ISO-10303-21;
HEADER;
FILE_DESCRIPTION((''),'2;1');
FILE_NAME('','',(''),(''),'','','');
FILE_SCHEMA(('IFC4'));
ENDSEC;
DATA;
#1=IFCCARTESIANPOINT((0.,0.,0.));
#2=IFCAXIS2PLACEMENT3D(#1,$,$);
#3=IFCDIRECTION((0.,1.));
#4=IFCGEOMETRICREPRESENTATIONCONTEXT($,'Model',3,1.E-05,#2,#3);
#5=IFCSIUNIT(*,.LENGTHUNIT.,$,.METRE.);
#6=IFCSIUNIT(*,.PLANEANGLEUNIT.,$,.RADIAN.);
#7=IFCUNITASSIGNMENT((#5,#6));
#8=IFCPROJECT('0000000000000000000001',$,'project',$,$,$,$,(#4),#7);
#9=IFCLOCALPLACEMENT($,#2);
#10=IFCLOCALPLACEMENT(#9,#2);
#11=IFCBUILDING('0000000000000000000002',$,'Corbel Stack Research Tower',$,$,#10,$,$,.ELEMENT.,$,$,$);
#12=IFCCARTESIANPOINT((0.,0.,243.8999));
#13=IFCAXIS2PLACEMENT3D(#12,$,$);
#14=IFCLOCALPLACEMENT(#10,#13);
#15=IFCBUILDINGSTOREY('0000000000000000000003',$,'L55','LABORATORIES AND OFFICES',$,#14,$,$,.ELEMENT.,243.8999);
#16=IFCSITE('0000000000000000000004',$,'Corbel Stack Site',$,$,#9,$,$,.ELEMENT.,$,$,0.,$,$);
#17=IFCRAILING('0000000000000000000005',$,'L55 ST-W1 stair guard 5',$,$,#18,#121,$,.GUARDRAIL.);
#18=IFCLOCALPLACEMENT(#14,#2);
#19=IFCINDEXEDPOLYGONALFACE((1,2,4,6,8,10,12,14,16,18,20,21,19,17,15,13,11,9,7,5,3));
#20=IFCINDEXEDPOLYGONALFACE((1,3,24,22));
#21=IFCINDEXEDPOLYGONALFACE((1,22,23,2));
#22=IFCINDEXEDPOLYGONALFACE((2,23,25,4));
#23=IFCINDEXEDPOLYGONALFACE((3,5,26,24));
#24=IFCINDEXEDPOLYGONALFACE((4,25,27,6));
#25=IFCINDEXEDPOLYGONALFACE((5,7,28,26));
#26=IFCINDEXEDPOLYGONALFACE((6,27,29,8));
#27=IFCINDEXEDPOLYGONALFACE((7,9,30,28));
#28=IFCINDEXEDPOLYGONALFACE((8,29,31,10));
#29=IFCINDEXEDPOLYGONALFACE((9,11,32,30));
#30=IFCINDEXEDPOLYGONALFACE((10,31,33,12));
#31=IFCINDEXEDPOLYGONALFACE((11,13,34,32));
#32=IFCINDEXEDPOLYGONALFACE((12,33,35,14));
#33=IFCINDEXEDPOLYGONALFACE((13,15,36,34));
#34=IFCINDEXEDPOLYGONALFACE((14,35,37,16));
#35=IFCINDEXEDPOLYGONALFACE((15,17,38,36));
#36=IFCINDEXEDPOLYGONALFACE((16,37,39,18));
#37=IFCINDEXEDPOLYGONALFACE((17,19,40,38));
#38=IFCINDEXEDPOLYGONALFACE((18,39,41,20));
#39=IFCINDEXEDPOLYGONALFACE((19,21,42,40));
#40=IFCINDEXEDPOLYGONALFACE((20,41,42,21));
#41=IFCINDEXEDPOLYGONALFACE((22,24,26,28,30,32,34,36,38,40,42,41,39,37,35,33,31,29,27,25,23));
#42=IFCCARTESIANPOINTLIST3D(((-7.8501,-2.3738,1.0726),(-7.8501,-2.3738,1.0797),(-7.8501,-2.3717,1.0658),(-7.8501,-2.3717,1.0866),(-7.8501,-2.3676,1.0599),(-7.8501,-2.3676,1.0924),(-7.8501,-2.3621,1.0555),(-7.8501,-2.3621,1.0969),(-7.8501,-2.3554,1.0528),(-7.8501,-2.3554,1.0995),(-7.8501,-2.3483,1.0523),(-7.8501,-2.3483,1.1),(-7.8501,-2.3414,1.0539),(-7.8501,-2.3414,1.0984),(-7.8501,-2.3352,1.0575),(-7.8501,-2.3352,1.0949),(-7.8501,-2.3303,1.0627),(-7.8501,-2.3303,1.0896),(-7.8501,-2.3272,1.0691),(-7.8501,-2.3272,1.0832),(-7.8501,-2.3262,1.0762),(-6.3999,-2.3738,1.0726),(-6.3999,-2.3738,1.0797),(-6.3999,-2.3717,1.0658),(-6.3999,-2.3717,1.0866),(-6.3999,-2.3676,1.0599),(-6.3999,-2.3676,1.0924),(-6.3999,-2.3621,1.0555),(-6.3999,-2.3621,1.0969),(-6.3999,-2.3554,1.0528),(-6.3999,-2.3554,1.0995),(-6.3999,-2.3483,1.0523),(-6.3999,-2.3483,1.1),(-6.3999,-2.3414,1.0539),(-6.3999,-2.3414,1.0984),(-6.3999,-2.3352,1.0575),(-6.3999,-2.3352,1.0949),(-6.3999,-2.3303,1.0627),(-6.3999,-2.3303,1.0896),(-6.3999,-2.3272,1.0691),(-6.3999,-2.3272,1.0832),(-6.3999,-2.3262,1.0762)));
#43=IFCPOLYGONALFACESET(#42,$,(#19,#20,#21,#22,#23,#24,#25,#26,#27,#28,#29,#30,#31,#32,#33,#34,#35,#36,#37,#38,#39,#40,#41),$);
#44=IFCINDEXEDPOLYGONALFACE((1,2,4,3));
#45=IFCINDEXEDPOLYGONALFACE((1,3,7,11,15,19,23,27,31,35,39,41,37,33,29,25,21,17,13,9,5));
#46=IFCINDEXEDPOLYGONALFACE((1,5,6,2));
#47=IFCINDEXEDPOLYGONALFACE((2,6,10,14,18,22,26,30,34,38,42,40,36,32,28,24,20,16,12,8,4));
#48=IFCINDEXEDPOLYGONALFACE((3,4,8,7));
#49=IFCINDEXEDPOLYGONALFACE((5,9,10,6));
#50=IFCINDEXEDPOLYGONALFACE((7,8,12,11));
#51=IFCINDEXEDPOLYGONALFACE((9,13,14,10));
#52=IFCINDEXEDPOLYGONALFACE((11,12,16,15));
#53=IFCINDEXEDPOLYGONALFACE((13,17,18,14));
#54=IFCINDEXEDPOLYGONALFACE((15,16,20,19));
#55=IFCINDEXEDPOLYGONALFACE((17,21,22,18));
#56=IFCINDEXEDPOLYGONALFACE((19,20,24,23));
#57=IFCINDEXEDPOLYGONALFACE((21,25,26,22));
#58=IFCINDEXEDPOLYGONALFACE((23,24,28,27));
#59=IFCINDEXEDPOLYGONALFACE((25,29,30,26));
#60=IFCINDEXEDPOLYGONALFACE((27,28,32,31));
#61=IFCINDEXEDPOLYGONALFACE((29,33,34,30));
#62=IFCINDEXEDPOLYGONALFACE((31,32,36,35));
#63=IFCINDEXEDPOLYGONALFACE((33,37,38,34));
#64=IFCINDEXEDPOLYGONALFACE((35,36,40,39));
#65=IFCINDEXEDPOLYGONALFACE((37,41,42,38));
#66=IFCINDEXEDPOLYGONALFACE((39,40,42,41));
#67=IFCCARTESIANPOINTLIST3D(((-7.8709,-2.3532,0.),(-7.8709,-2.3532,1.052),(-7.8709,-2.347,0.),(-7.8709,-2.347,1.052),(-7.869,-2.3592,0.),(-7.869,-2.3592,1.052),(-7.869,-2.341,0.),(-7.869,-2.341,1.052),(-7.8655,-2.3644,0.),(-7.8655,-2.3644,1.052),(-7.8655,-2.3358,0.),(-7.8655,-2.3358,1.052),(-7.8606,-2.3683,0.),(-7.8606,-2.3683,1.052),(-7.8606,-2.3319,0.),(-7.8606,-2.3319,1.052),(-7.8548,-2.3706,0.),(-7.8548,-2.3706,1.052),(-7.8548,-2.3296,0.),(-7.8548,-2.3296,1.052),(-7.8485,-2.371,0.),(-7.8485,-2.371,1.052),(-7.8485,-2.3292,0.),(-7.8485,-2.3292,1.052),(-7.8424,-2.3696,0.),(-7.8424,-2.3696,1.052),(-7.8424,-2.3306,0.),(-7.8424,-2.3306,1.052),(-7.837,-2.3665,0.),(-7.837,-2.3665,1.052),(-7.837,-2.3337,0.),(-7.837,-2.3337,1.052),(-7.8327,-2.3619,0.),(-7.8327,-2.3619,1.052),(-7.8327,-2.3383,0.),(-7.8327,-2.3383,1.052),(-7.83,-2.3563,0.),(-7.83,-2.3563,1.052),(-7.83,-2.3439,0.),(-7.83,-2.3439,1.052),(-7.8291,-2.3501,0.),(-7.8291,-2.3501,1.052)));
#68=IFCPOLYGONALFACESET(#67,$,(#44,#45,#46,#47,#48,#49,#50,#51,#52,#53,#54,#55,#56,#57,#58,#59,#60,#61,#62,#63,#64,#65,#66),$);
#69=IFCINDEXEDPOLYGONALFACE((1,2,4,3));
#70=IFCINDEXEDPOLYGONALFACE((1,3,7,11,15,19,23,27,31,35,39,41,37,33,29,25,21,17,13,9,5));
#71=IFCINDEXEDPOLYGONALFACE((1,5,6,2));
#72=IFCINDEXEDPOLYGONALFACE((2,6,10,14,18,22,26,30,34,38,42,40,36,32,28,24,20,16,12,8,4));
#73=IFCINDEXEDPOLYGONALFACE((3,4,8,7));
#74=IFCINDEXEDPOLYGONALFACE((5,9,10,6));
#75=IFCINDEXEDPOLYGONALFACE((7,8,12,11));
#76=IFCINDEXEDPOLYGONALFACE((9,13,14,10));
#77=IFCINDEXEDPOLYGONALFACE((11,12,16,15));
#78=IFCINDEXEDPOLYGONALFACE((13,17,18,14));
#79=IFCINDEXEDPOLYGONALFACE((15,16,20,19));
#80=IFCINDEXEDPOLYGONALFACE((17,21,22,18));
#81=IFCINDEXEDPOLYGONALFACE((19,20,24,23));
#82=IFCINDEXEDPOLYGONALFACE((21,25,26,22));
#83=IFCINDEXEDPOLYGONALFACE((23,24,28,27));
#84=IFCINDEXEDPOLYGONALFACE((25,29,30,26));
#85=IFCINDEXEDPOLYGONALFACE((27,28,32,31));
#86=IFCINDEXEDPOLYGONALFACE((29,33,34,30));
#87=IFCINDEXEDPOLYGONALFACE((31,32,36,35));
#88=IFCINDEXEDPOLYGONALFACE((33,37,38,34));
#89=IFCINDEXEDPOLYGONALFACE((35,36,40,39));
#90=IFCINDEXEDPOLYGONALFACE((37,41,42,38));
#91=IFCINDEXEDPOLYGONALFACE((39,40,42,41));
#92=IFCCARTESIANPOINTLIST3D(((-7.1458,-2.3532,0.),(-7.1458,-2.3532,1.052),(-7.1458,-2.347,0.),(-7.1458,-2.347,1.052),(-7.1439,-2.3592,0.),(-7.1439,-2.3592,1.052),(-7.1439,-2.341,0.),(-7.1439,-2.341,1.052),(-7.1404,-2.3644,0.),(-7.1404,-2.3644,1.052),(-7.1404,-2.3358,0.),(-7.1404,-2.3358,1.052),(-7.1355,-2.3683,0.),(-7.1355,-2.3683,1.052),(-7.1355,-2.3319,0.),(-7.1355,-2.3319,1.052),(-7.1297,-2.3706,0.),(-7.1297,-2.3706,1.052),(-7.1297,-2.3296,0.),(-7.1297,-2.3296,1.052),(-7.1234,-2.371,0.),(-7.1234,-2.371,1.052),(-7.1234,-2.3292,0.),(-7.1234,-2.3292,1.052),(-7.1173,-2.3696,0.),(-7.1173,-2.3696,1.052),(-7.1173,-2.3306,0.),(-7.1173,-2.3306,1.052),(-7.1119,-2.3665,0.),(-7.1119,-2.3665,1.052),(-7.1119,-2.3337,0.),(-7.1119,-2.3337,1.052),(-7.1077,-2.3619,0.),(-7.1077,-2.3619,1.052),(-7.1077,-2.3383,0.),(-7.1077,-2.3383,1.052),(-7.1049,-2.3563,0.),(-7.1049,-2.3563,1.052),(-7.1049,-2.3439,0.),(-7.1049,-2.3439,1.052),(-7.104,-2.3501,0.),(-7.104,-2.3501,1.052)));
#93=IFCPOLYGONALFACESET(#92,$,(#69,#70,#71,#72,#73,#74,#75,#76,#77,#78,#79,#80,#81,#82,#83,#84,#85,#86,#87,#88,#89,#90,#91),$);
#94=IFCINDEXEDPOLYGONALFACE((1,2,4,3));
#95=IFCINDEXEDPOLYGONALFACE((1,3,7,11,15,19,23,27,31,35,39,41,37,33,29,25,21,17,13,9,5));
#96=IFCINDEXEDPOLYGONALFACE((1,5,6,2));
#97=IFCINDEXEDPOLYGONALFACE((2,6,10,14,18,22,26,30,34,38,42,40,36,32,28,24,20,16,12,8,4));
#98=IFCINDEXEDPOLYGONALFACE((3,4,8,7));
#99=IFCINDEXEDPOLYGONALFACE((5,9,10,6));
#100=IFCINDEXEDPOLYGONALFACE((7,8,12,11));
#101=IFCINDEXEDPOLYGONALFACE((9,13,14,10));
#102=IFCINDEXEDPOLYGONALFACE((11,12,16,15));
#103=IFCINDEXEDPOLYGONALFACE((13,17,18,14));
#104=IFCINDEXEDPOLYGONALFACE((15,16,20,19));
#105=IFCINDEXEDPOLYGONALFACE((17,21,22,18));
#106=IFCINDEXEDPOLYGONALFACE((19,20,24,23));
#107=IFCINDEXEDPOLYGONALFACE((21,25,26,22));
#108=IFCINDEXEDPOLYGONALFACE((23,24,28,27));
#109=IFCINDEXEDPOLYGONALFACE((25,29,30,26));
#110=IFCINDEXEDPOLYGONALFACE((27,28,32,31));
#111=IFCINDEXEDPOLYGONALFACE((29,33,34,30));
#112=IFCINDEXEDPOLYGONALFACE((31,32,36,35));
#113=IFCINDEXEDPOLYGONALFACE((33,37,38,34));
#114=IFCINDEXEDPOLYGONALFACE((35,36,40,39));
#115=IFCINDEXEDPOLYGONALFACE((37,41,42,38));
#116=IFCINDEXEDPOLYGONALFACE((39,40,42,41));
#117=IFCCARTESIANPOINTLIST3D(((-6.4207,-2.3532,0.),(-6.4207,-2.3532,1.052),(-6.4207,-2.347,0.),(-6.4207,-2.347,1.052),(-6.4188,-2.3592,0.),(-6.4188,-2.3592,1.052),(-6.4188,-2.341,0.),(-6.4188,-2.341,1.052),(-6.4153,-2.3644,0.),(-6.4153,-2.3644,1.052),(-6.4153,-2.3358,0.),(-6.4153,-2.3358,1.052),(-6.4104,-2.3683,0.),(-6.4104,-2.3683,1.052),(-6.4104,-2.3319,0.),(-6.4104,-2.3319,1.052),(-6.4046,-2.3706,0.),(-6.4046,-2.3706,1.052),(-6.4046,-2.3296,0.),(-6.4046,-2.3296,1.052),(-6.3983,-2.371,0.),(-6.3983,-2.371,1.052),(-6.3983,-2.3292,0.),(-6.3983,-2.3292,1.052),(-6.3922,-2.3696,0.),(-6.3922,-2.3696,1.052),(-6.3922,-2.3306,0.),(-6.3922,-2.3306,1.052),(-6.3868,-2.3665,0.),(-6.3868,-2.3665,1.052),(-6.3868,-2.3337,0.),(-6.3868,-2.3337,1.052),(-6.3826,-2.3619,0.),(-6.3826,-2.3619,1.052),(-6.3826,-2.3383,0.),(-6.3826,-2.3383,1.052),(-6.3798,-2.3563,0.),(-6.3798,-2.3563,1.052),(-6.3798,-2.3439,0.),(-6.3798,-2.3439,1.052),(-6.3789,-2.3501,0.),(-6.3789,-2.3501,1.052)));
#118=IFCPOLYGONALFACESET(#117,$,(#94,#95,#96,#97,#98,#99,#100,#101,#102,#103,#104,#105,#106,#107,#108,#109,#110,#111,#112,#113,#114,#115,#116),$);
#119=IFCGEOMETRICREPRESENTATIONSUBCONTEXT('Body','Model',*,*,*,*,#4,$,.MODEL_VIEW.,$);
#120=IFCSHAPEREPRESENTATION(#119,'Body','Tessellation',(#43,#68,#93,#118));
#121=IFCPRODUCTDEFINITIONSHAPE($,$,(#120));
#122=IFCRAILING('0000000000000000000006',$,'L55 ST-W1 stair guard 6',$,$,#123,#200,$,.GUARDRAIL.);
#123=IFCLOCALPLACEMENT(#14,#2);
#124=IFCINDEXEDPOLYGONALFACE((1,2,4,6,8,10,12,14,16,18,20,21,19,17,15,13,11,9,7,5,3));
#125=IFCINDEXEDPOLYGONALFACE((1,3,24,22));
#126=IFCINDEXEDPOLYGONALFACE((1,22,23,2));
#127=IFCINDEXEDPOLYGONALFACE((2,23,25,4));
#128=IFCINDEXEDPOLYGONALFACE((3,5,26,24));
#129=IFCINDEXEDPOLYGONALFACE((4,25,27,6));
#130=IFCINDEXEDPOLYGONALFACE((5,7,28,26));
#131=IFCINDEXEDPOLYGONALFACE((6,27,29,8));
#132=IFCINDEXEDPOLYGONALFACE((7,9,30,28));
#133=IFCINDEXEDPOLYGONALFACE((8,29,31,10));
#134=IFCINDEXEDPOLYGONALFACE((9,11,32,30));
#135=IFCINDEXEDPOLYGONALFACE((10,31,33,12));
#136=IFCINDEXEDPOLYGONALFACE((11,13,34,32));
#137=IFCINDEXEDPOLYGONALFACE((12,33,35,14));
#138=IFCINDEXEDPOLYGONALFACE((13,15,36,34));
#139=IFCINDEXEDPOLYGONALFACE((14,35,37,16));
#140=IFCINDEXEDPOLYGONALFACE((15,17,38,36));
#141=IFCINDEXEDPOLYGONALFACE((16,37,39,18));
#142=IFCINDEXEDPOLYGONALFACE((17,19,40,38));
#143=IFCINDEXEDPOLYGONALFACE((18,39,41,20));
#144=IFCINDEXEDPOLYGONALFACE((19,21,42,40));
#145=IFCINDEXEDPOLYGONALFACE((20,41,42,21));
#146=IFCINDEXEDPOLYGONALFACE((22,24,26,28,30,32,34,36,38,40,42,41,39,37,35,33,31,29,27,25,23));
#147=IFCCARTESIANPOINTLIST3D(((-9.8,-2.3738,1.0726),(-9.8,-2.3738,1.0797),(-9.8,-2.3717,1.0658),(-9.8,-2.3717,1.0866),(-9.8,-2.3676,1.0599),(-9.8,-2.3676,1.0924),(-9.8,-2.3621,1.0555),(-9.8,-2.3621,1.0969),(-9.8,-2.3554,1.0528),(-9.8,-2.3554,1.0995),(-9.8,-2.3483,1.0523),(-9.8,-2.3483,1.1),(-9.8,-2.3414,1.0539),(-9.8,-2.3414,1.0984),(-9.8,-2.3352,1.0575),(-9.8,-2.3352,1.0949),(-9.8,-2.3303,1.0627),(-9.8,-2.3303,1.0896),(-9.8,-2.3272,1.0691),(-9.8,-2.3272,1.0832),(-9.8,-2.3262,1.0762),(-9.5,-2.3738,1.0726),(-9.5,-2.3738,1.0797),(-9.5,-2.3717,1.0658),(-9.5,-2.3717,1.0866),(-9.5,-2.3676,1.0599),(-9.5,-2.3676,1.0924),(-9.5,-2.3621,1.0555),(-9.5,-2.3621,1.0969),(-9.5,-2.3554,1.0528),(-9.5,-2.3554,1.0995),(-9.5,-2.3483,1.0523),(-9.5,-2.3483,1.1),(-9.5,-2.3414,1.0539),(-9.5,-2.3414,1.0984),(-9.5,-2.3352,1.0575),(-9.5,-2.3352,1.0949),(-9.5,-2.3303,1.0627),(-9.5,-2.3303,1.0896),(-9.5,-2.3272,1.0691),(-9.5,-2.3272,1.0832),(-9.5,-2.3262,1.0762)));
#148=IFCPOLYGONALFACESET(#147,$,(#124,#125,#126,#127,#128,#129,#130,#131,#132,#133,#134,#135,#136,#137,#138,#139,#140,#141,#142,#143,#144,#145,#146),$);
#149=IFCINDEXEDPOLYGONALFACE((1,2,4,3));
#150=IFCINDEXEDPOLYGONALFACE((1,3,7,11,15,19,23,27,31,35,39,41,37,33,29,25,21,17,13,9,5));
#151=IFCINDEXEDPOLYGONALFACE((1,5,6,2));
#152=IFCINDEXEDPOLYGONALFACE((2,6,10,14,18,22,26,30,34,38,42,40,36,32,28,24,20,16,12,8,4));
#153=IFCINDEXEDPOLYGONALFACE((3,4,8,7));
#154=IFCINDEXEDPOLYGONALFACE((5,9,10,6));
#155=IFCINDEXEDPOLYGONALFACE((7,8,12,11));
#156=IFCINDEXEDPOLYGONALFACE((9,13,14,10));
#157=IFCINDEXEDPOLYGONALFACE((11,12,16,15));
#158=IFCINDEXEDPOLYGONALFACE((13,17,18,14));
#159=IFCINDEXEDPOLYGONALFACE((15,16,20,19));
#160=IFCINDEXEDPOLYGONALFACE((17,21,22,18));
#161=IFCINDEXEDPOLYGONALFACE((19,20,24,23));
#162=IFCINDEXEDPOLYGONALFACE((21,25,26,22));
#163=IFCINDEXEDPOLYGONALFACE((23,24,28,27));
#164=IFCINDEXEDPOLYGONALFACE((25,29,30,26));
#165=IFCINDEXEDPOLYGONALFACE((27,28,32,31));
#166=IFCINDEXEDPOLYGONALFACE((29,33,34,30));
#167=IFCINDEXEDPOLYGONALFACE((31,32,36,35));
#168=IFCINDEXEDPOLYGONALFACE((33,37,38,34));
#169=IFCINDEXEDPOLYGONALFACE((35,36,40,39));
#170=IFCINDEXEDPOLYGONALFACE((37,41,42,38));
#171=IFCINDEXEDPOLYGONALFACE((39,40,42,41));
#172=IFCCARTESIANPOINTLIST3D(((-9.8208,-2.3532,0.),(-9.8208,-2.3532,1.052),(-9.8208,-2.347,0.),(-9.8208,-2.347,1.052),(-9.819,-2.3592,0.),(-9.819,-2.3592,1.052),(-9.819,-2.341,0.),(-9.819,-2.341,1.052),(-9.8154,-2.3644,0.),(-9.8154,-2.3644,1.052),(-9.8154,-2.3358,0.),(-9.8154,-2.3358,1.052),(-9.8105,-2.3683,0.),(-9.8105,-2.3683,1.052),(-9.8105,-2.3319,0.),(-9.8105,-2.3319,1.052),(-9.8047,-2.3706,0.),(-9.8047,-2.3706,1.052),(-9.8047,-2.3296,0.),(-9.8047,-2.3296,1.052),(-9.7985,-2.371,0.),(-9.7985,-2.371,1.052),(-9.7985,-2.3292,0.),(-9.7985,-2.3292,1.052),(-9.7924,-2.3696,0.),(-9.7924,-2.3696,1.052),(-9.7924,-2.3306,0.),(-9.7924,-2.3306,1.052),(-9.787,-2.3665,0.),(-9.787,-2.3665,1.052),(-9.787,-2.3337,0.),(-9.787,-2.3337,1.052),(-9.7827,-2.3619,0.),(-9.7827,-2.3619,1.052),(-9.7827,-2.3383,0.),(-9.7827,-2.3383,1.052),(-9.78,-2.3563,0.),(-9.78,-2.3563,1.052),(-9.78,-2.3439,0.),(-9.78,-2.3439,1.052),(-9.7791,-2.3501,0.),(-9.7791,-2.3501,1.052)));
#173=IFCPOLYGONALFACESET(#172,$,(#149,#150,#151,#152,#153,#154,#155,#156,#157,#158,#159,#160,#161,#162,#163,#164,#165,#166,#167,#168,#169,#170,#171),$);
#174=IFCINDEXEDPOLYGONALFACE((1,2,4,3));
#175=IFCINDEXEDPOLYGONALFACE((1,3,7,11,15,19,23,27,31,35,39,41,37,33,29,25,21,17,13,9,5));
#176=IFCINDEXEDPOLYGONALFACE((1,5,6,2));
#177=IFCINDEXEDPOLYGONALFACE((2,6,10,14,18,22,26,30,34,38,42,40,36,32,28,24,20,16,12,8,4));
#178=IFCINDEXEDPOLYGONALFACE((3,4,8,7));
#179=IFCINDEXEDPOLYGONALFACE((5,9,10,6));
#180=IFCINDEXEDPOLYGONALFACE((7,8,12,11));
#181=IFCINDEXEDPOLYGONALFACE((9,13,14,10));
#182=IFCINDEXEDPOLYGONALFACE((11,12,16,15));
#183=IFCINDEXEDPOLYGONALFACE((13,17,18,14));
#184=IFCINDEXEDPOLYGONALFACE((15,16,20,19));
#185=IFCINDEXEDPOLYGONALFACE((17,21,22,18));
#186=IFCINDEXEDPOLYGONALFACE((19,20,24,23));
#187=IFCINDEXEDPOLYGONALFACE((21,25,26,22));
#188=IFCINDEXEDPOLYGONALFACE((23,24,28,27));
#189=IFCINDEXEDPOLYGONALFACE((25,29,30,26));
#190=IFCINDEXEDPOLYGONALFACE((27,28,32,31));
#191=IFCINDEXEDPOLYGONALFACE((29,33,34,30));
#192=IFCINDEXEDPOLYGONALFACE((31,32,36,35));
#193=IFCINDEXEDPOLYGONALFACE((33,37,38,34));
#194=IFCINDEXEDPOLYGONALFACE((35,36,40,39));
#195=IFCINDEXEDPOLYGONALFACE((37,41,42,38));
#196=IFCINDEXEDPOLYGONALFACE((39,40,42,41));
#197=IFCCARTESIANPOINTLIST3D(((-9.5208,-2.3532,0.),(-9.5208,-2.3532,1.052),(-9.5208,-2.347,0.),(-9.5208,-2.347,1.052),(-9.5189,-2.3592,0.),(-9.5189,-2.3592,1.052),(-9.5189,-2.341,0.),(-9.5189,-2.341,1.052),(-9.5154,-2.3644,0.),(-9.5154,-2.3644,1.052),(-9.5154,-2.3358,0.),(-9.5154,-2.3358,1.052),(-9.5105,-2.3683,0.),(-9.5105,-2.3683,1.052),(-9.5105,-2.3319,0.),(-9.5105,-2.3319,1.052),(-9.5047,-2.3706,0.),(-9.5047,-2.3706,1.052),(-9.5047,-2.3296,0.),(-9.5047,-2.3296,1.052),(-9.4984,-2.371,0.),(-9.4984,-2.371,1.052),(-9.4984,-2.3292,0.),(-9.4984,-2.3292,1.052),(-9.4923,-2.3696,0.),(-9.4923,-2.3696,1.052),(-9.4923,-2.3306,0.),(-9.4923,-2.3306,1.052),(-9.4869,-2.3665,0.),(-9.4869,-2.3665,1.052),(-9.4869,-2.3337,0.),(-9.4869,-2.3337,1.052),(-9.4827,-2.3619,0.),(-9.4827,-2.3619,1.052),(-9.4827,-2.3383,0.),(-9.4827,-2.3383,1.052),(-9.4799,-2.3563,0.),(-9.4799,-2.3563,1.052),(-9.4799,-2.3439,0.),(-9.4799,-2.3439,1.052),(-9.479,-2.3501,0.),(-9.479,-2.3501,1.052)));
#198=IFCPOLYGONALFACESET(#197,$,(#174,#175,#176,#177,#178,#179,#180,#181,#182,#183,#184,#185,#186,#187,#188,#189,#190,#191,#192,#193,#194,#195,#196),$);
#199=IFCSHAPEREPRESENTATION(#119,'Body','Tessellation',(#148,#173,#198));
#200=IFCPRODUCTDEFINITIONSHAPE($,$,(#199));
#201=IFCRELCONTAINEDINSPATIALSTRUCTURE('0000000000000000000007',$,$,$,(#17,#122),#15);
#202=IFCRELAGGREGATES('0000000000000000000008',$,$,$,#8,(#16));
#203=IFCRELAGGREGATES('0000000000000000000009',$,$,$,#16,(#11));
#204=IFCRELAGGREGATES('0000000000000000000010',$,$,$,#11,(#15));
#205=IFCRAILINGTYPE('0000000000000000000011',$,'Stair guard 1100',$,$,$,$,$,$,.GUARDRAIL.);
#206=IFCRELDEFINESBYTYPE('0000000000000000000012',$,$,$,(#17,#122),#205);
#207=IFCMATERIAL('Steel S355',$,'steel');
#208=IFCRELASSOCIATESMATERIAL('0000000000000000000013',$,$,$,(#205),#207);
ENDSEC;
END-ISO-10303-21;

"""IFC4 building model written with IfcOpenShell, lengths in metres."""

from ifc_helpers import new_model, si_unit, direction, frame, origin, origin_2d, place, context, subcontext, project, spatial, circle, extrude, material, type_object, element, save


model = new_model("IFC4")

# Units and contexts
model_context = context("Model", 3, precision=1e-05, world=origin(), true_north=direction((0.0, 1.0)))
body_context = subcontext(model_context, "Body", "Model", "MODEL_VIEW")
ifc_project = project(units=[si_unit("LENGTHUNIT", "METRE"), si_unit("PLANEANGLEUNIT", "RADIAN")], contexts=[model_context])

# Site, building, storey
site_placement = place(None, origin())
site = spatial("IfcSite", under=ifc_project, at=site_placement, Name="Corbel Stack Site", CompositionType="ELEMENT", RefElevation=0.0)
building_placement = place(site_placement, origin())
building = spatial("IfcBuilding", under=site, at=building_placement, Name="Corbel Stack Research Tower", CompositionType="ELEMENT")
storey_placement = place(building_placement, frame((0.0, 0.0, 243.8999)))
storey = spatial("IfcBuildingStorey", under=building, at=storey_placement, Name="L55", Description="LABORATORIES AND OFFICES", CompositionType="ELEMENT", Elevation=243.8999)

# Railings
ifc_material_1 = material(Name="Steel S355", Category="steel")
railing_type_1 = type_object("IfcRailingType", Name="Stair guard 1100", PredefinedType="GUARDRAIL", material=ifc_material_1)
railing_1_placement = place(storey_placement, frame((-7.8501, -2.3501, 0.0)))
element("IfcRailing", 1, at=railing_1_placement, inside=storey, type_object=railing_type_1, Name="L55 ST-W1 stair guard 5", PredefinedType="GUARDRAIL", context=body_context, shape_type="SweptSolid", body=[
    extrude(circle(Radius=0.0239, at=origin_2d()), frame((0.0, 0.0, 1.0762), z_axis=(1.0, 0.0, 0.0), x_axis=(0.0, 1.0, 0.0)), (0.0, 0.0, 1.0), 1.4502),
    extrude(circle(Radius=0.021, at=origin_2d()), origin(), (0.0, 0.0, 1.0), 1.052),
    extrude(circle(Radius=0.021, at=origin_2d()), frame((0.7251, 0.0, 0.0)), (0.0, 0.0, 1.0), 1.052),
    extrude(circle(Radius=0.021, at=origin_2d()), frame((1.4502, 0.0, 0.0)), (0.0, 0.0, 1.0), 1.052),
])
railing_2_placement = place(storey_placement, frame((-9.8, -2.3501, 0.0)))
element("IfcRailing", 2, at=railing_2_placement, inside=storey, type_object=railing_type_1, Name="L55 ST-W1 stair guard 6", PredefinedType="GUARDRAIL", context=body_context, shape_type="SweptSolid", body=[
    extrude(circle(Radius=0.0239, at=origin_2d()), frame((0.0, 0.0, 1.0762), z_axis=(1.0, 0.0, 0.0), x_axis=(0.0, 1.0, 0.0)), (0.0, 0.0, 1.0), 0.3),
    extrude(circle(Radius=0.021, at=origin_2d()), origin(), (0.0, 0.0, 1.0), 1.052),
    extrude(circle(Radius=0.021, at=origin_2d()), frame((0.3, 0.0, 0.0)), (0.0, 0.0, 1.0), 1.052),
])

save(model, "model.ifc")
